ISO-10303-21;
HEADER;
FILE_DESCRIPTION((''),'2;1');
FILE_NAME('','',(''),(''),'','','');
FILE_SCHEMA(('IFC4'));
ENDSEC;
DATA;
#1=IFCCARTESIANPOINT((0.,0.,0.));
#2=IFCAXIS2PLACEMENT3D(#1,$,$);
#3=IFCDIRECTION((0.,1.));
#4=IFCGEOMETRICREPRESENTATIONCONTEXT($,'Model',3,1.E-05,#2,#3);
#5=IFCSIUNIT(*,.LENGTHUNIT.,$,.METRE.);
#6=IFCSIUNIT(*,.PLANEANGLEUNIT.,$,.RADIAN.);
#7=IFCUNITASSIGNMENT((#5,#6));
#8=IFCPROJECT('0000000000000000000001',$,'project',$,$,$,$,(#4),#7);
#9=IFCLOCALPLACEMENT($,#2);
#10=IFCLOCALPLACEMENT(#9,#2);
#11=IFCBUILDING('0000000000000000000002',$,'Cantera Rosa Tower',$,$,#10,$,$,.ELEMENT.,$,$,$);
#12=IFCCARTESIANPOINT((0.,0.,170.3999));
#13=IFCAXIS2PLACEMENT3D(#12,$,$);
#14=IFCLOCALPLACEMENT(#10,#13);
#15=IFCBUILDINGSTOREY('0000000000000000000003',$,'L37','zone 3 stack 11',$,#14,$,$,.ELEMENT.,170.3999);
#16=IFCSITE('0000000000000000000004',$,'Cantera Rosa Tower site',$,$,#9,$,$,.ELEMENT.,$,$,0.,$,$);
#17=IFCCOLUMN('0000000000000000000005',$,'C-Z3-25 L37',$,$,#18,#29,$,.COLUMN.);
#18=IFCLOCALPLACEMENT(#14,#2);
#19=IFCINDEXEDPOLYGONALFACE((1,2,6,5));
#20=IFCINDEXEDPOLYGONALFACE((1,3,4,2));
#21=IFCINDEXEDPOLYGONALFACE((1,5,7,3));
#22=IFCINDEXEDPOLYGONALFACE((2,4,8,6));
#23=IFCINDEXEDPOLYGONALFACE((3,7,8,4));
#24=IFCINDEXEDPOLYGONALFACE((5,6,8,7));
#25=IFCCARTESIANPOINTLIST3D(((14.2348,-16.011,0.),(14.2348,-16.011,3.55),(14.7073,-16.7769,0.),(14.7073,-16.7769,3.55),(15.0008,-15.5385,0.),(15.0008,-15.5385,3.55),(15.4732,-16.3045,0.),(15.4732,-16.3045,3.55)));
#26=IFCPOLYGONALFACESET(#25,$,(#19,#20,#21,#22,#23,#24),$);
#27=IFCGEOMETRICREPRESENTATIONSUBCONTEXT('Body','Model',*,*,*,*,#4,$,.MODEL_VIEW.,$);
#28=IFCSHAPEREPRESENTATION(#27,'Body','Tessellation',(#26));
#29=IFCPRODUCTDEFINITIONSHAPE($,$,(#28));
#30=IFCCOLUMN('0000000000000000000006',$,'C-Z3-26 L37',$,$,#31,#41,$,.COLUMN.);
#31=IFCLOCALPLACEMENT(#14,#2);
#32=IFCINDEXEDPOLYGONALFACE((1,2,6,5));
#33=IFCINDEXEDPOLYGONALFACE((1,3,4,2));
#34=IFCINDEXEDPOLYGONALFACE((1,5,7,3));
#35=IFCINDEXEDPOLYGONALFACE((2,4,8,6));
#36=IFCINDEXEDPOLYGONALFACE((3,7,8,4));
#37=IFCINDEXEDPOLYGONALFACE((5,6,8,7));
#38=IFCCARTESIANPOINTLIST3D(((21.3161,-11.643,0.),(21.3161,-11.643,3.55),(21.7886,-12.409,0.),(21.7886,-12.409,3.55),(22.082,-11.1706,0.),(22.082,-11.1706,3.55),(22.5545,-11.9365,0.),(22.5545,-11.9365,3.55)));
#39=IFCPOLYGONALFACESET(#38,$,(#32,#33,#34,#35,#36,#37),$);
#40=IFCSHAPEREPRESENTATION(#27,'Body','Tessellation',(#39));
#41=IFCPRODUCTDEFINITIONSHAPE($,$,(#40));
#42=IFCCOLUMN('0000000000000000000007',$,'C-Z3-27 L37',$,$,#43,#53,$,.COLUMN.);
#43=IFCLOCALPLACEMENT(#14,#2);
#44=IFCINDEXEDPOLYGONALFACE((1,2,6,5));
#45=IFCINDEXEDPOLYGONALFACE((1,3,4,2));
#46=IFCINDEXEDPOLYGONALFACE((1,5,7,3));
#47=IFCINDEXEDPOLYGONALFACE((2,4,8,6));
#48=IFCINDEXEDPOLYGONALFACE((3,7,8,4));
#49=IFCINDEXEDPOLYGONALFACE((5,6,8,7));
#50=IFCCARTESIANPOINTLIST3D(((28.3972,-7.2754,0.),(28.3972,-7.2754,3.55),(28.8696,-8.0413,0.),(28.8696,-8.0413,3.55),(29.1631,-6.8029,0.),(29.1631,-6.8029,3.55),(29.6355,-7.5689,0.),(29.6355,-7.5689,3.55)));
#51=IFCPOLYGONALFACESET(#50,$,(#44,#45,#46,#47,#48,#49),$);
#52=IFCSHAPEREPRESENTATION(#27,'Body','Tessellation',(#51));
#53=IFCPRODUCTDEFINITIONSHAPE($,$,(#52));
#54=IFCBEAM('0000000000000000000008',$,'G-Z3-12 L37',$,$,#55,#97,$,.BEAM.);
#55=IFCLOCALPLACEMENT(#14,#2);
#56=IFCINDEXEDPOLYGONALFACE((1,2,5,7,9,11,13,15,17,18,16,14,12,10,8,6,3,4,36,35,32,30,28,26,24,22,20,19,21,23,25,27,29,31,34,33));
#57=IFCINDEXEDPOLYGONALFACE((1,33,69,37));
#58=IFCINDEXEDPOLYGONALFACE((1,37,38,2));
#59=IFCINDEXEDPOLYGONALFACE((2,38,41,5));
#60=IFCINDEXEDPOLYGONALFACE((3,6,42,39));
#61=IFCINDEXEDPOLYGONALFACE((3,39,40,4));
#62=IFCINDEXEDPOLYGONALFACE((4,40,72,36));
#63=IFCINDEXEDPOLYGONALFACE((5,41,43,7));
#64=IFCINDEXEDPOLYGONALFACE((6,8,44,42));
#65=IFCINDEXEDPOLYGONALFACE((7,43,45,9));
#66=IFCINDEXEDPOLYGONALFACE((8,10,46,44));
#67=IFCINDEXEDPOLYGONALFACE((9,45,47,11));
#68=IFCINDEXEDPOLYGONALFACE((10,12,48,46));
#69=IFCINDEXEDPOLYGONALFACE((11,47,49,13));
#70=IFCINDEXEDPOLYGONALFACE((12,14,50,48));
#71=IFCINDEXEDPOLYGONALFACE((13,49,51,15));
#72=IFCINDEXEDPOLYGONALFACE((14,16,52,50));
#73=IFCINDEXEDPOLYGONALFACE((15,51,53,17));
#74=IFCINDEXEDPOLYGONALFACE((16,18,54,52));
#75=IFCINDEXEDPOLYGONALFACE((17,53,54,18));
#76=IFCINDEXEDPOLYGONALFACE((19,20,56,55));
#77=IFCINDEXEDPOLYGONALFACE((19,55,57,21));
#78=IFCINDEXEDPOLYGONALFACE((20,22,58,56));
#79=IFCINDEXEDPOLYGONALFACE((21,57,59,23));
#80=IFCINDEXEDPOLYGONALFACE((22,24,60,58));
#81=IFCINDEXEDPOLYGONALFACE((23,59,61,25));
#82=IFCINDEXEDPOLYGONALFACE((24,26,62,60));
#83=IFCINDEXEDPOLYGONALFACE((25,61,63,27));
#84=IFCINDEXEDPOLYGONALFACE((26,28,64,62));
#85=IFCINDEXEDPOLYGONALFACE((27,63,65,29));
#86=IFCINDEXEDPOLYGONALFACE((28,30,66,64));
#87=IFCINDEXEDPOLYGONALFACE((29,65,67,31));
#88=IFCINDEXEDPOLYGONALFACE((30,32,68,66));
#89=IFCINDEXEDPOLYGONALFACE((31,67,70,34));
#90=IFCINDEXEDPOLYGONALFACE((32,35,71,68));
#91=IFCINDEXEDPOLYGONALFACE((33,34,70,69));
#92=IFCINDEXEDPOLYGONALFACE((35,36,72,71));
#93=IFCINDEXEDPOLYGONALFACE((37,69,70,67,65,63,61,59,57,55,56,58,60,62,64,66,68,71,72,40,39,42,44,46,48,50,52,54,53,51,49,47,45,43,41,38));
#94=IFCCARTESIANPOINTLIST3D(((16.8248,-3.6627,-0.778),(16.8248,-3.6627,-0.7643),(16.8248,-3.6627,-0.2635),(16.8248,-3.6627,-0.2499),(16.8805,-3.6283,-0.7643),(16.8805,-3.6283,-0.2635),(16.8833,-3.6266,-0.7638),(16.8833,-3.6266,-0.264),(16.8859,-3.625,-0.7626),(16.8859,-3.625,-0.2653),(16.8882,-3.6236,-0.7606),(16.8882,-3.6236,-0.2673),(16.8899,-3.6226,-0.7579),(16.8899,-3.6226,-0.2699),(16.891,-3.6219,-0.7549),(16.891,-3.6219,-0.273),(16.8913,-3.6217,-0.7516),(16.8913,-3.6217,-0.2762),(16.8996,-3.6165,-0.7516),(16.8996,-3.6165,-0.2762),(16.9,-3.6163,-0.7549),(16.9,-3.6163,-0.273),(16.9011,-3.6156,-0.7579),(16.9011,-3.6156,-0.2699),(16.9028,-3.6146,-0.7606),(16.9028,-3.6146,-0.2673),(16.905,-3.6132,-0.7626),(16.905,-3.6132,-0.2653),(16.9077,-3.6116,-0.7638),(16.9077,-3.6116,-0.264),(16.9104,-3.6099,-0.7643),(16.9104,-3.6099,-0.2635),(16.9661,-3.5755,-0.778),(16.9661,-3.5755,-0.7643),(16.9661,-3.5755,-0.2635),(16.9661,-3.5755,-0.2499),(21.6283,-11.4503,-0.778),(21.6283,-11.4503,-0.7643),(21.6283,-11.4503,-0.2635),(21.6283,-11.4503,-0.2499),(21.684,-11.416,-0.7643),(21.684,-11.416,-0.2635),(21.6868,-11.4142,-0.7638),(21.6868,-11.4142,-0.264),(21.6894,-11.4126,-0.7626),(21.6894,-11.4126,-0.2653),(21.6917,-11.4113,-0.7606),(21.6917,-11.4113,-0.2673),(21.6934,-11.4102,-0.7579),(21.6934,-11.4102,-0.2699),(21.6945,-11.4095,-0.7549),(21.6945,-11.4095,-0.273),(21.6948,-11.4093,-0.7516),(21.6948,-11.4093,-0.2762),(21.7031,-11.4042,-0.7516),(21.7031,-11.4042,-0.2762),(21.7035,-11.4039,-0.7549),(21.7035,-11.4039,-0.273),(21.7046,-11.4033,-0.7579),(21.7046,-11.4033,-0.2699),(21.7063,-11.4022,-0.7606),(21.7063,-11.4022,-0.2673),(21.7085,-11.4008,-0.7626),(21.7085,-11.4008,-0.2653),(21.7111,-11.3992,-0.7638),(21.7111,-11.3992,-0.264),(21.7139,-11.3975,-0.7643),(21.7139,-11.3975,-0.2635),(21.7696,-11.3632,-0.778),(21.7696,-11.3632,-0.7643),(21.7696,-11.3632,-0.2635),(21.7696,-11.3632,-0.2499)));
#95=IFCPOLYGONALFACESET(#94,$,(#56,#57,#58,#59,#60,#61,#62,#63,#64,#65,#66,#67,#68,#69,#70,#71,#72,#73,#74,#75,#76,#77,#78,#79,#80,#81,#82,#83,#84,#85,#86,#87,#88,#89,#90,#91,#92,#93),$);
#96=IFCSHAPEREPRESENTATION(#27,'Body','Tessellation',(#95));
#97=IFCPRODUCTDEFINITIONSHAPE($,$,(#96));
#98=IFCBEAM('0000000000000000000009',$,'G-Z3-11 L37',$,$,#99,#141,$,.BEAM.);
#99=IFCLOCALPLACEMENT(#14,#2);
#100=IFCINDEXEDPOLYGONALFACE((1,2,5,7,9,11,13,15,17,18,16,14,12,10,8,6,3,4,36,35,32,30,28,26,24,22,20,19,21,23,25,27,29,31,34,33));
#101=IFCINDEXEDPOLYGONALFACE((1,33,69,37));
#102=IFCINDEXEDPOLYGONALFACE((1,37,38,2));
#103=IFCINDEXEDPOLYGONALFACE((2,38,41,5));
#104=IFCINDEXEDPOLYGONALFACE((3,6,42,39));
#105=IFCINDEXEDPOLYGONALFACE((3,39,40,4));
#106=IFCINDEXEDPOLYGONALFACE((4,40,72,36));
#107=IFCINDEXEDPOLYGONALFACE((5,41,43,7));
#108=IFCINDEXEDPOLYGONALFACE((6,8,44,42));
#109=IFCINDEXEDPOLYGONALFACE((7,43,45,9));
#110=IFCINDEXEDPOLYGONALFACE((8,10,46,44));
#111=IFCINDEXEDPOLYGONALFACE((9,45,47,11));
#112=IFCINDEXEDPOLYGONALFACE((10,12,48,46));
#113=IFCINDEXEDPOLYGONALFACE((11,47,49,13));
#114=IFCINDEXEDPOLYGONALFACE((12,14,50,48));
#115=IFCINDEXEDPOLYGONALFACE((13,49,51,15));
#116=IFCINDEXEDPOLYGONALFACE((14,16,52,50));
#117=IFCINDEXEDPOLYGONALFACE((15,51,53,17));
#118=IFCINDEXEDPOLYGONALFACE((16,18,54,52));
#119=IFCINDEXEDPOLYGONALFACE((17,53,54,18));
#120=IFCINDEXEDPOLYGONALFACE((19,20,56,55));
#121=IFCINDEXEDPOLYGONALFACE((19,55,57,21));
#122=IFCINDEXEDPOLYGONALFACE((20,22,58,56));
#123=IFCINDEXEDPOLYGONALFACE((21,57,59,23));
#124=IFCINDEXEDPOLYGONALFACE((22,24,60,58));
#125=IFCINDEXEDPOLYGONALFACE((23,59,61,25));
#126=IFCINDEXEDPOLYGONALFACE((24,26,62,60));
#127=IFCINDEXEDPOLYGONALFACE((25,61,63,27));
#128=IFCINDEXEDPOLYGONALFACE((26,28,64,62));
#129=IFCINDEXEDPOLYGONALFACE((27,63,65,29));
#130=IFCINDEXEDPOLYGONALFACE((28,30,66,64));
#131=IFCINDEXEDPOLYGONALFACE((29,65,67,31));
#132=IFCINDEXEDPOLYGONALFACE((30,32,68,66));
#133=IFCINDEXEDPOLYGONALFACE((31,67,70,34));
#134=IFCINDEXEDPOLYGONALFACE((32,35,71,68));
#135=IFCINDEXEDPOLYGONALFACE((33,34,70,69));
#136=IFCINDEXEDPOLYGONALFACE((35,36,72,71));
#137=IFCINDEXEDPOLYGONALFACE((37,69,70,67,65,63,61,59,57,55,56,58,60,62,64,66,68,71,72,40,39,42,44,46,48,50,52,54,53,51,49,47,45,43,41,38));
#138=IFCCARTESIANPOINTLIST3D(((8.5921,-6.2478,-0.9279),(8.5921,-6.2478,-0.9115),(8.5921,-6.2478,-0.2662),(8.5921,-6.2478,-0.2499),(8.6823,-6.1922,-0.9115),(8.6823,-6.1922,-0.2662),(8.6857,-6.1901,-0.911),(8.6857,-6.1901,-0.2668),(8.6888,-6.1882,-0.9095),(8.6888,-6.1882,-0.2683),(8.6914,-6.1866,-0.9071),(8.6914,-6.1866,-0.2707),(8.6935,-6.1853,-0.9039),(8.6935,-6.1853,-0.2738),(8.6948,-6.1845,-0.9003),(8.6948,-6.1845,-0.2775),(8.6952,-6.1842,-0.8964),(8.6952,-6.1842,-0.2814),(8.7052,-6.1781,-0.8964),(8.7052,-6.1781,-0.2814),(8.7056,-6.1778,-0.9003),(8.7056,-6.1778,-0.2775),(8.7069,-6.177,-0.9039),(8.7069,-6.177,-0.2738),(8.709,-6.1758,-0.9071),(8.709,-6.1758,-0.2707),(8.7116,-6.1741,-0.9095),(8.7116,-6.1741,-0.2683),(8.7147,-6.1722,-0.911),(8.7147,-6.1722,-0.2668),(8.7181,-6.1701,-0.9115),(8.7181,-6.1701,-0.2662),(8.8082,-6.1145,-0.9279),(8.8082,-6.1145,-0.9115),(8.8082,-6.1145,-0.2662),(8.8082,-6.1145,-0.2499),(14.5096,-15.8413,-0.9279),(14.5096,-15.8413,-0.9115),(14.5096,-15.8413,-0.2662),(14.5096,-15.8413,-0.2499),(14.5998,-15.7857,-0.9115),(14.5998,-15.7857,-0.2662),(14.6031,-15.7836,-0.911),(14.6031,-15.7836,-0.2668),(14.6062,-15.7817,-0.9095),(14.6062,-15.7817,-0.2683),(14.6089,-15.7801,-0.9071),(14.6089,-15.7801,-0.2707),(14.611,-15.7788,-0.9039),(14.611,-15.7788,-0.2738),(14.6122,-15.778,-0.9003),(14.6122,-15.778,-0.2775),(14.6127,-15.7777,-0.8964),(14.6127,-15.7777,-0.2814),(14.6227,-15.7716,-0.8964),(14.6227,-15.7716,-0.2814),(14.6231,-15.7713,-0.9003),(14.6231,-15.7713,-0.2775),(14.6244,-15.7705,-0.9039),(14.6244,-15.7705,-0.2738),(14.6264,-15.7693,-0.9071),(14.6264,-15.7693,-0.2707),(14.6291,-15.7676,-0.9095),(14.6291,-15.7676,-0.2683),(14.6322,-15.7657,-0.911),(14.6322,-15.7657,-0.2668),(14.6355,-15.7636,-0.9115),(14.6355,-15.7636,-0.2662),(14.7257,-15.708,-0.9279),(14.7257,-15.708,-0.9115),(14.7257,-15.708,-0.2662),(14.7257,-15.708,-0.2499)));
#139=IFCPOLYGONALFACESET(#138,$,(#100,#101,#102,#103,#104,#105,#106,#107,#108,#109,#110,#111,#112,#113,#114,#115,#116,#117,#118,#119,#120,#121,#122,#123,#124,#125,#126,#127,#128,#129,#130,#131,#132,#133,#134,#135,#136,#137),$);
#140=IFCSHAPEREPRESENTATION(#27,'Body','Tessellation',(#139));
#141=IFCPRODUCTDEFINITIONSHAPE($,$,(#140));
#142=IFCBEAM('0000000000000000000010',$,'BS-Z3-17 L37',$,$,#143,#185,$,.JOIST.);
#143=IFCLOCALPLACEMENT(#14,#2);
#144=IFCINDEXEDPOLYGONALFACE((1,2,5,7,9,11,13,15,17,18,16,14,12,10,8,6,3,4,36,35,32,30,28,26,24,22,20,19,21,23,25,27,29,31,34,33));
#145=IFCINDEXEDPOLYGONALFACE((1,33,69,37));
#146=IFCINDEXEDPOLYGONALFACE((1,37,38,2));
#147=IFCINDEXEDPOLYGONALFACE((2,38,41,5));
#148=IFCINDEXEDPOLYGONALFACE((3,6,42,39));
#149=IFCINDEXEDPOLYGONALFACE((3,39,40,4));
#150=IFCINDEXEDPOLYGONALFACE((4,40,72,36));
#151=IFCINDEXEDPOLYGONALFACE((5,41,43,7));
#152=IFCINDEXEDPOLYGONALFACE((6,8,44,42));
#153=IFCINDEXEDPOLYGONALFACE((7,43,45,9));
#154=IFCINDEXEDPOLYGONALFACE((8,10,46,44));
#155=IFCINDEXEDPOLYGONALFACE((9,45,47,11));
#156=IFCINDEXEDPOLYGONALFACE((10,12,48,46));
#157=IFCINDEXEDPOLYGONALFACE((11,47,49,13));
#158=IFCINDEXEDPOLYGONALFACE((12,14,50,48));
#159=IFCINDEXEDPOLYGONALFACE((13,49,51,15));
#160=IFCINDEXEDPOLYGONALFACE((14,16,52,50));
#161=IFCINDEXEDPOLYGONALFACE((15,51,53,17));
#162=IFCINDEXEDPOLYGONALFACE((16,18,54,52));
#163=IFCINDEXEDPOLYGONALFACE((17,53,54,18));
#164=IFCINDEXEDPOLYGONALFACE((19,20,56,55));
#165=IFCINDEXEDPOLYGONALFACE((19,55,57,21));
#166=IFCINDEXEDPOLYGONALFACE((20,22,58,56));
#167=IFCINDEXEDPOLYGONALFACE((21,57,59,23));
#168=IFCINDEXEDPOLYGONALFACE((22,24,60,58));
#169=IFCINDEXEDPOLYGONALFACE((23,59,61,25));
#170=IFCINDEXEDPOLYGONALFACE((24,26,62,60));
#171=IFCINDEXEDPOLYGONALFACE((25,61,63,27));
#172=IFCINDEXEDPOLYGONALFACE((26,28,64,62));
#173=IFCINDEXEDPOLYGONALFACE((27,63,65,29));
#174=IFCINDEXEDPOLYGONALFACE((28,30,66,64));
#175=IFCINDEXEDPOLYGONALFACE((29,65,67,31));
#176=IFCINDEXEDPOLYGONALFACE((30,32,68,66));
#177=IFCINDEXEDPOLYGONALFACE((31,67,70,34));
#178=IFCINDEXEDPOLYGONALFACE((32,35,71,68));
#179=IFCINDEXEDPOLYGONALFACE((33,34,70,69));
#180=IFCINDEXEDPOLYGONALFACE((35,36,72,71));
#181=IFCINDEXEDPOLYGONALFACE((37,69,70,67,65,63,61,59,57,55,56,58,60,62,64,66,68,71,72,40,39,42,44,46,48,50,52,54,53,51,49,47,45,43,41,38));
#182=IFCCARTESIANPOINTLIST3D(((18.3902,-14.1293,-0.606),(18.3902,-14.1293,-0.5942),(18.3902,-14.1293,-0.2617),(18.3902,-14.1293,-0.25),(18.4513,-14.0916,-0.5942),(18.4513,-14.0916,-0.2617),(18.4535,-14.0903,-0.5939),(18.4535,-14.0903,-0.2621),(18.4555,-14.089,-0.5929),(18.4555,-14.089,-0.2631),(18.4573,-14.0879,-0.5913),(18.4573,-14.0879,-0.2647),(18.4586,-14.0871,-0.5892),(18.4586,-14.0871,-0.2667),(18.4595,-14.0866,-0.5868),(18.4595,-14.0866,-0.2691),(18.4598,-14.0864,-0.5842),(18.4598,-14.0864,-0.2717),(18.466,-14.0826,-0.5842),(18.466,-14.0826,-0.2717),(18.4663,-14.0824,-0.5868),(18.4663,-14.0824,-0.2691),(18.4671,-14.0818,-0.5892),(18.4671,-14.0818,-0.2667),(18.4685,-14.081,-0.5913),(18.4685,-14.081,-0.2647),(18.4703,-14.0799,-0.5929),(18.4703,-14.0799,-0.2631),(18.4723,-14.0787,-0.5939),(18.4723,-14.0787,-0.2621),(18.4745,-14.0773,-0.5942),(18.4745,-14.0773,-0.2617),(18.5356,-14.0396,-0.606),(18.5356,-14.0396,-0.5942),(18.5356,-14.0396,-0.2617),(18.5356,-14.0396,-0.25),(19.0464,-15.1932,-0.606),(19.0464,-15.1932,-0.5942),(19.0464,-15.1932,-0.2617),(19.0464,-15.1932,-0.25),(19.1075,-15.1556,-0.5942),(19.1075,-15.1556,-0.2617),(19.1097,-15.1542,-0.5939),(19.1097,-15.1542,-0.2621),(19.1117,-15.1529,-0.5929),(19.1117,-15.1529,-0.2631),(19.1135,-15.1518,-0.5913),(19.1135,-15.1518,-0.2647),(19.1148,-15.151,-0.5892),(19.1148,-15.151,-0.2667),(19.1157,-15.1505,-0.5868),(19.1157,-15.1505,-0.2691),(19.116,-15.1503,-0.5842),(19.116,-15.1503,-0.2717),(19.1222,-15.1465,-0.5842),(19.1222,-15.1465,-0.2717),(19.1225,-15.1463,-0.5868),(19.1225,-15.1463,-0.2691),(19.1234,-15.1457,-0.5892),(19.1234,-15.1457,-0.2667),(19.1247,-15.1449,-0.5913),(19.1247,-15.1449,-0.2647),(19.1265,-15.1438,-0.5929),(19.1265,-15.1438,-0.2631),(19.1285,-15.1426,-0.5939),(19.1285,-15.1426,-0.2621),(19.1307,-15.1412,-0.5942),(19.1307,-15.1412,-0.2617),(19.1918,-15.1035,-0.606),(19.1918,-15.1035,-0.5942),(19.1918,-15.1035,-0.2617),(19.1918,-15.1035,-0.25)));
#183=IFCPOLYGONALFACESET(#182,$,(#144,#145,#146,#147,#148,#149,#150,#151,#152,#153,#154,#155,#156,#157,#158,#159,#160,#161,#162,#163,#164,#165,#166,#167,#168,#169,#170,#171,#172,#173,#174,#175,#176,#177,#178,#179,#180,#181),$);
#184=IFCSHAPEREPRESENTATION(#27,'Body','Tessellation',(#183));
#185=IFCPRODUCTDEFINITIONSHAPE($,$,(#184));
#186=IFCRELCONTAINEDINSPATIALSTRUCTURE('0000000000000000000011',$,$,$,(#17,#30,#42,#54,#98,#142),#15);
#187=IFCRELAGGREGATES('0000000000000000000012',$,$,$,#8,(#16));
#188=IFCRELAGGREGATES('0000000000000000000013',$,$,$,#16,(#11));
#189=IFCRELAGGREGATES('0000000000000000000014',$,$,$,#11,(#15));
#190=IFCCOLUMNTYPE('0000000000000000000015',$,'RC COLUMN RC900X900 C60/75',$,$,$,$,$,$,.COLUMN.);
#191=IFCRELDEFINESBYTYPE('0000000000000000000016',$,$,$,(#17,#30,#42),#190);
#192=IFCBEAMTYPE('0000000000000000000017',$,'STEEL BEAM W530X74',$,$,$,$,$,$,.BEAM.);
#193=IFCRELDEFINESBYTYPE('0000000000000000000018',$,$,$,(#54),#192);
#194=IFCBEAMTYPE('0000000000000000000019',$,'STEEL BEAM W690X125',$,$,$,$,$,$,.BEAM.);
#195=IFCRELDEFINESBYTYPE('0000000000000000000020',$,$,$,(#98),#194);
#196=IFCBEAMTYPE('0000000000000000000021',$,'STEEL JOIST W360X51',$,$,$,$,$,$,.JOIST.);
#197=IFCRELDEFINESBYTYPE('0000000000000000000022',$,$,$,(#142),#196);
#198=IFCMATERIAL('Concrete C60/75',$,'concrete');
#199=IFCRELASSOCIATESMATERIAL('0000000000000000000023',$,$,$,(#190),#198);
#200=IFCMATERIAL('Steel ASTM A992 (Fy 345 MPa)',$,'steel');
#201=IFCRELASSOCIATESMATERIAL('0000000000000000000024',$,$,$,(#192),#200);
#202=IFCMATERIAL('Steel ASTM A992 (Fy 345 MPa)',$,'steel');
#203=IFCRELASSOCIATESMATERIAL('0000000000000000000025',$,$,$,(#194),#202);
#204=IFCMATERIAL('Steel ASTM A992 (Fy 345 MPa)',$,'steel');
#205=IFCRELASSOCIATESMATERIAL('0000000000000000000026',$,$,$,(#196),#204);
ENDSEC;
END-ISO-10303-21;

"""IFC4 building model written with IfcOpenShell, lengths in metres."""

from ifc_helpers import new_model, si_unit, direction, frame, origin, origin_2d, place, context, subcontext, project, spatial, rectangle, i_section, extrude, material, material_profile, profile_set, type_object, element, save


model = new_model("IFC4")

# Units and contexts
model_context = context("Model", 3, precision=1e-05, world=origin(), true_north=direction((0.0, 1.0)))
body_context = subcontext(model_context, "Body", "Model", "MODEL_VIEW")
ifc_project = project(units=[si_unit("LENGTHUNIT", "METRE"), si_unit("PLANEANGLEUNIT", "RADIAN")], contexts=[model_context])

# Site, building, storey
site_placement = place(None, origin())
site = spatial("IfcSite", under=ifc_project, at=site_placement, Name="Cantera Rosa Tower site", CompositionType="ELEMENT", RefElevation=0.0)
building_placement = place(site_placement, origin())
building = spatial("IfcBuilding", under=site, at=building_placement, Name="Cantera Rosa Tower", CompositionType="ELEMENT")
storey_placement = place(building_placement, frame((0.0, 0.0, 170.3999)))
storey = spatial("IfcBuildingStorey", under=building, at=storey_placement, Name="L37", Description="zone 3 stack 11", CompositionType="ELEMENT", Elevation=170.3999)

# Columns
ifc_material_1 = material(Name="Concrete C60/75", Category="concrete")
ifc_material_profile_1 = material_profile(ifc_material_1, rectangle(XDim=0.8999, YDim=0.8999, at=origin_2d()), Name="RC COLUMN RC900X900 C60/75")
ifc_profile_set_1 = profile_set([ifc_material_profile_1], Name="Concrete C60/75")
column_type = type_object("IfcColumnType", Name="RC COLUMN RC900X900 C60/75", PredefinedType="COLUMN", material=ifc_profile_set_1)
for number, where, z_axis, x_axis, name in (
    (1, (14.854, -16.1577, 0.0), (0.0, 0.0, 1.0), (0.851117, 0.524977, 0.0), "C-Z3-25 L37"),
    (2, (21.9353, -11.7898, 0.0), (0.0, 0.0, 1.0), (0.851117, 0.524977, 0.0), "C-Z3-26 L37"),
    (3, (29.0164, -7.4221, 0.0), (0.0, 0.0, 1.0), (0.851117, 0.524977, 0.0), "C-Z3-27 L37"),
):
    element("IfcColumn", number, at=place(storey_placement, frame(where, z_axis=z_axis, x_axis=x_axis)), inside=storey, type_object=column_type, Name=name, PredefinedType="COLUMN", context=body_context, shape_type="SweptSolid", body=[
        extrude(rectangle(XDim=0.8999, YDim=0.8999, at=origin_2d()), origin(), (0.0, 0.0, 1.0), 3.55),
    ])

# Beams
ifc_material_2 = material(Name="Steel ASTM A992 (Fy 345 MPa)", Category="steel")
ifc_material_profile_2 = material_profile(ifc_material_2, i_section(OverallWidth=0.166, OverallDepth=0.5281, WebThickness=0.0098, FlangeThickness=0.0137, FilletRadius=0.0127, at=origin_2d()), Name="W530X74")
ifc_profile_set_2 = profile_set([ifc_material_profile_2], Name="Steel ASTM A992 (Fy 345 MPa)")
beam_type_1 = type_object("IfcBeamType", Name="STEEL BEAM W530X74", PredefinedType="BEAM", material=ifc_profile_set_2)
beam_1_placement = place(storey_placement, frame((21.699, -11.4067, -0.5139), z_axis=(-0.524977, 0.851116, 0.0), x_axis=(-0.851116, -0.524977, 0.0)))
element("IfcBeam", 4, at=beam_1_placement, inside=storey, type_object=beam_type_1, Name="G-Z3-12 L37", PredefinedType="BEAM", context=body_context, shape_type="SweptSolid", body=[
    extrude(i_section(OverallWidth=0.166, OverallDepth=0.5281, WebThickness=0.0098, FlangeThickness=0.0137, FilletRadius=0.0127, at=origin_2d()), origin(), (0.0, 0.0, 1.0), 9.1499),
])
ifc_material_3 = material(Name="Steel ASTM A992 (Fy 345 MPa)", Category="steel")
ifc_material_profile_3 = material_profile(ifc_material_3, i_section(OverallWidth=0.2539, OverallDepth=0.678, WebThickness=0.0117, FlangeThickness=0.0164, FilletRadius=0.0151, at=origin_2d()), Name="W690X125")
ifc_profile_set_3 = profile_set([ifc_material_profile_3], Name="Steel ASTM A992 (Fy 345 MPa)")
beam_type_2 = type_object("IfcBeamType", Name="STEEL BEAM W690X125", PredefinedType="BEAM", material=ifc_profile_set_3)
beam_2_placement = place(storey_placement, frame((14.6177, -15.7747, -0.5889), z_axis=(-0.524984, 0.851112, 0.0), x_axis=(-0.851112, -0.524984, 0.0)))
element("IfcBeam", 5, at=beam_2_placement, inside=storey, type_object=beam_type_2, Name="G-Z3-11 L37", PredefinedType="BEAM", context=body_context, shape_type="SweptSolid", body=[
    extrude(i_section(OverallWidth=0.2539, OverallDepth=0.678, WebThickness=0.0117, FlangeThickness=0.0164, FilletRadius=0.0151, at=origin_2d()), origin(), (0.0, 0.0, 1.0), 11.2717),
])
ifc_material_4 = material(Name="Steel ASTM A992 (Fy 345 MPa)", Category="steel")
ifc_material_profile_4 = material_profile(ifc_material_4, i_section(OverallWidth=0.1709, OverallDepth=0.356, WebThickness=0.0073, FlangeThickness=0.0117, FilletRadius=0.01, at=origin_2d()), Name="W360X51")
ifc_profile_set_4 = profile_set([ifc_material_profile_4], Name="Steel ASTM A992 (Fy 345 MPa)")
beam_type_3 = type_object("IfcBeamType", Name="STEEL JOIST W360X51", PredefinedType="JOIST", material=ifc_profile_set_4)
beam_3_placement = place(storey_placement, frame((18.4629, -14.0845, -0.428), z_axis=(0.524969, -0.851121, 0.0), x_axis=(0.851121, 0.524969, 0.0)))
element("IfcBeam", 6, at=beam_3_placement, inside=storey, type_object=beam_type_3, Name="BS-Z3-17 L37", PredefinedType="JOIST", context=body_context, shape_type="SweptSolid", body=[
    extrude(i_section(OverallWidth=0.1709, OverallDepth=0.356, WebThickness=0.0073, FlangeThickness=0.0117, FilletRadius=0.01, at=origin_2d()), origin(), (0.0, 0.0, 1.0), 1.25),
])

save(model, "model.ifc")
